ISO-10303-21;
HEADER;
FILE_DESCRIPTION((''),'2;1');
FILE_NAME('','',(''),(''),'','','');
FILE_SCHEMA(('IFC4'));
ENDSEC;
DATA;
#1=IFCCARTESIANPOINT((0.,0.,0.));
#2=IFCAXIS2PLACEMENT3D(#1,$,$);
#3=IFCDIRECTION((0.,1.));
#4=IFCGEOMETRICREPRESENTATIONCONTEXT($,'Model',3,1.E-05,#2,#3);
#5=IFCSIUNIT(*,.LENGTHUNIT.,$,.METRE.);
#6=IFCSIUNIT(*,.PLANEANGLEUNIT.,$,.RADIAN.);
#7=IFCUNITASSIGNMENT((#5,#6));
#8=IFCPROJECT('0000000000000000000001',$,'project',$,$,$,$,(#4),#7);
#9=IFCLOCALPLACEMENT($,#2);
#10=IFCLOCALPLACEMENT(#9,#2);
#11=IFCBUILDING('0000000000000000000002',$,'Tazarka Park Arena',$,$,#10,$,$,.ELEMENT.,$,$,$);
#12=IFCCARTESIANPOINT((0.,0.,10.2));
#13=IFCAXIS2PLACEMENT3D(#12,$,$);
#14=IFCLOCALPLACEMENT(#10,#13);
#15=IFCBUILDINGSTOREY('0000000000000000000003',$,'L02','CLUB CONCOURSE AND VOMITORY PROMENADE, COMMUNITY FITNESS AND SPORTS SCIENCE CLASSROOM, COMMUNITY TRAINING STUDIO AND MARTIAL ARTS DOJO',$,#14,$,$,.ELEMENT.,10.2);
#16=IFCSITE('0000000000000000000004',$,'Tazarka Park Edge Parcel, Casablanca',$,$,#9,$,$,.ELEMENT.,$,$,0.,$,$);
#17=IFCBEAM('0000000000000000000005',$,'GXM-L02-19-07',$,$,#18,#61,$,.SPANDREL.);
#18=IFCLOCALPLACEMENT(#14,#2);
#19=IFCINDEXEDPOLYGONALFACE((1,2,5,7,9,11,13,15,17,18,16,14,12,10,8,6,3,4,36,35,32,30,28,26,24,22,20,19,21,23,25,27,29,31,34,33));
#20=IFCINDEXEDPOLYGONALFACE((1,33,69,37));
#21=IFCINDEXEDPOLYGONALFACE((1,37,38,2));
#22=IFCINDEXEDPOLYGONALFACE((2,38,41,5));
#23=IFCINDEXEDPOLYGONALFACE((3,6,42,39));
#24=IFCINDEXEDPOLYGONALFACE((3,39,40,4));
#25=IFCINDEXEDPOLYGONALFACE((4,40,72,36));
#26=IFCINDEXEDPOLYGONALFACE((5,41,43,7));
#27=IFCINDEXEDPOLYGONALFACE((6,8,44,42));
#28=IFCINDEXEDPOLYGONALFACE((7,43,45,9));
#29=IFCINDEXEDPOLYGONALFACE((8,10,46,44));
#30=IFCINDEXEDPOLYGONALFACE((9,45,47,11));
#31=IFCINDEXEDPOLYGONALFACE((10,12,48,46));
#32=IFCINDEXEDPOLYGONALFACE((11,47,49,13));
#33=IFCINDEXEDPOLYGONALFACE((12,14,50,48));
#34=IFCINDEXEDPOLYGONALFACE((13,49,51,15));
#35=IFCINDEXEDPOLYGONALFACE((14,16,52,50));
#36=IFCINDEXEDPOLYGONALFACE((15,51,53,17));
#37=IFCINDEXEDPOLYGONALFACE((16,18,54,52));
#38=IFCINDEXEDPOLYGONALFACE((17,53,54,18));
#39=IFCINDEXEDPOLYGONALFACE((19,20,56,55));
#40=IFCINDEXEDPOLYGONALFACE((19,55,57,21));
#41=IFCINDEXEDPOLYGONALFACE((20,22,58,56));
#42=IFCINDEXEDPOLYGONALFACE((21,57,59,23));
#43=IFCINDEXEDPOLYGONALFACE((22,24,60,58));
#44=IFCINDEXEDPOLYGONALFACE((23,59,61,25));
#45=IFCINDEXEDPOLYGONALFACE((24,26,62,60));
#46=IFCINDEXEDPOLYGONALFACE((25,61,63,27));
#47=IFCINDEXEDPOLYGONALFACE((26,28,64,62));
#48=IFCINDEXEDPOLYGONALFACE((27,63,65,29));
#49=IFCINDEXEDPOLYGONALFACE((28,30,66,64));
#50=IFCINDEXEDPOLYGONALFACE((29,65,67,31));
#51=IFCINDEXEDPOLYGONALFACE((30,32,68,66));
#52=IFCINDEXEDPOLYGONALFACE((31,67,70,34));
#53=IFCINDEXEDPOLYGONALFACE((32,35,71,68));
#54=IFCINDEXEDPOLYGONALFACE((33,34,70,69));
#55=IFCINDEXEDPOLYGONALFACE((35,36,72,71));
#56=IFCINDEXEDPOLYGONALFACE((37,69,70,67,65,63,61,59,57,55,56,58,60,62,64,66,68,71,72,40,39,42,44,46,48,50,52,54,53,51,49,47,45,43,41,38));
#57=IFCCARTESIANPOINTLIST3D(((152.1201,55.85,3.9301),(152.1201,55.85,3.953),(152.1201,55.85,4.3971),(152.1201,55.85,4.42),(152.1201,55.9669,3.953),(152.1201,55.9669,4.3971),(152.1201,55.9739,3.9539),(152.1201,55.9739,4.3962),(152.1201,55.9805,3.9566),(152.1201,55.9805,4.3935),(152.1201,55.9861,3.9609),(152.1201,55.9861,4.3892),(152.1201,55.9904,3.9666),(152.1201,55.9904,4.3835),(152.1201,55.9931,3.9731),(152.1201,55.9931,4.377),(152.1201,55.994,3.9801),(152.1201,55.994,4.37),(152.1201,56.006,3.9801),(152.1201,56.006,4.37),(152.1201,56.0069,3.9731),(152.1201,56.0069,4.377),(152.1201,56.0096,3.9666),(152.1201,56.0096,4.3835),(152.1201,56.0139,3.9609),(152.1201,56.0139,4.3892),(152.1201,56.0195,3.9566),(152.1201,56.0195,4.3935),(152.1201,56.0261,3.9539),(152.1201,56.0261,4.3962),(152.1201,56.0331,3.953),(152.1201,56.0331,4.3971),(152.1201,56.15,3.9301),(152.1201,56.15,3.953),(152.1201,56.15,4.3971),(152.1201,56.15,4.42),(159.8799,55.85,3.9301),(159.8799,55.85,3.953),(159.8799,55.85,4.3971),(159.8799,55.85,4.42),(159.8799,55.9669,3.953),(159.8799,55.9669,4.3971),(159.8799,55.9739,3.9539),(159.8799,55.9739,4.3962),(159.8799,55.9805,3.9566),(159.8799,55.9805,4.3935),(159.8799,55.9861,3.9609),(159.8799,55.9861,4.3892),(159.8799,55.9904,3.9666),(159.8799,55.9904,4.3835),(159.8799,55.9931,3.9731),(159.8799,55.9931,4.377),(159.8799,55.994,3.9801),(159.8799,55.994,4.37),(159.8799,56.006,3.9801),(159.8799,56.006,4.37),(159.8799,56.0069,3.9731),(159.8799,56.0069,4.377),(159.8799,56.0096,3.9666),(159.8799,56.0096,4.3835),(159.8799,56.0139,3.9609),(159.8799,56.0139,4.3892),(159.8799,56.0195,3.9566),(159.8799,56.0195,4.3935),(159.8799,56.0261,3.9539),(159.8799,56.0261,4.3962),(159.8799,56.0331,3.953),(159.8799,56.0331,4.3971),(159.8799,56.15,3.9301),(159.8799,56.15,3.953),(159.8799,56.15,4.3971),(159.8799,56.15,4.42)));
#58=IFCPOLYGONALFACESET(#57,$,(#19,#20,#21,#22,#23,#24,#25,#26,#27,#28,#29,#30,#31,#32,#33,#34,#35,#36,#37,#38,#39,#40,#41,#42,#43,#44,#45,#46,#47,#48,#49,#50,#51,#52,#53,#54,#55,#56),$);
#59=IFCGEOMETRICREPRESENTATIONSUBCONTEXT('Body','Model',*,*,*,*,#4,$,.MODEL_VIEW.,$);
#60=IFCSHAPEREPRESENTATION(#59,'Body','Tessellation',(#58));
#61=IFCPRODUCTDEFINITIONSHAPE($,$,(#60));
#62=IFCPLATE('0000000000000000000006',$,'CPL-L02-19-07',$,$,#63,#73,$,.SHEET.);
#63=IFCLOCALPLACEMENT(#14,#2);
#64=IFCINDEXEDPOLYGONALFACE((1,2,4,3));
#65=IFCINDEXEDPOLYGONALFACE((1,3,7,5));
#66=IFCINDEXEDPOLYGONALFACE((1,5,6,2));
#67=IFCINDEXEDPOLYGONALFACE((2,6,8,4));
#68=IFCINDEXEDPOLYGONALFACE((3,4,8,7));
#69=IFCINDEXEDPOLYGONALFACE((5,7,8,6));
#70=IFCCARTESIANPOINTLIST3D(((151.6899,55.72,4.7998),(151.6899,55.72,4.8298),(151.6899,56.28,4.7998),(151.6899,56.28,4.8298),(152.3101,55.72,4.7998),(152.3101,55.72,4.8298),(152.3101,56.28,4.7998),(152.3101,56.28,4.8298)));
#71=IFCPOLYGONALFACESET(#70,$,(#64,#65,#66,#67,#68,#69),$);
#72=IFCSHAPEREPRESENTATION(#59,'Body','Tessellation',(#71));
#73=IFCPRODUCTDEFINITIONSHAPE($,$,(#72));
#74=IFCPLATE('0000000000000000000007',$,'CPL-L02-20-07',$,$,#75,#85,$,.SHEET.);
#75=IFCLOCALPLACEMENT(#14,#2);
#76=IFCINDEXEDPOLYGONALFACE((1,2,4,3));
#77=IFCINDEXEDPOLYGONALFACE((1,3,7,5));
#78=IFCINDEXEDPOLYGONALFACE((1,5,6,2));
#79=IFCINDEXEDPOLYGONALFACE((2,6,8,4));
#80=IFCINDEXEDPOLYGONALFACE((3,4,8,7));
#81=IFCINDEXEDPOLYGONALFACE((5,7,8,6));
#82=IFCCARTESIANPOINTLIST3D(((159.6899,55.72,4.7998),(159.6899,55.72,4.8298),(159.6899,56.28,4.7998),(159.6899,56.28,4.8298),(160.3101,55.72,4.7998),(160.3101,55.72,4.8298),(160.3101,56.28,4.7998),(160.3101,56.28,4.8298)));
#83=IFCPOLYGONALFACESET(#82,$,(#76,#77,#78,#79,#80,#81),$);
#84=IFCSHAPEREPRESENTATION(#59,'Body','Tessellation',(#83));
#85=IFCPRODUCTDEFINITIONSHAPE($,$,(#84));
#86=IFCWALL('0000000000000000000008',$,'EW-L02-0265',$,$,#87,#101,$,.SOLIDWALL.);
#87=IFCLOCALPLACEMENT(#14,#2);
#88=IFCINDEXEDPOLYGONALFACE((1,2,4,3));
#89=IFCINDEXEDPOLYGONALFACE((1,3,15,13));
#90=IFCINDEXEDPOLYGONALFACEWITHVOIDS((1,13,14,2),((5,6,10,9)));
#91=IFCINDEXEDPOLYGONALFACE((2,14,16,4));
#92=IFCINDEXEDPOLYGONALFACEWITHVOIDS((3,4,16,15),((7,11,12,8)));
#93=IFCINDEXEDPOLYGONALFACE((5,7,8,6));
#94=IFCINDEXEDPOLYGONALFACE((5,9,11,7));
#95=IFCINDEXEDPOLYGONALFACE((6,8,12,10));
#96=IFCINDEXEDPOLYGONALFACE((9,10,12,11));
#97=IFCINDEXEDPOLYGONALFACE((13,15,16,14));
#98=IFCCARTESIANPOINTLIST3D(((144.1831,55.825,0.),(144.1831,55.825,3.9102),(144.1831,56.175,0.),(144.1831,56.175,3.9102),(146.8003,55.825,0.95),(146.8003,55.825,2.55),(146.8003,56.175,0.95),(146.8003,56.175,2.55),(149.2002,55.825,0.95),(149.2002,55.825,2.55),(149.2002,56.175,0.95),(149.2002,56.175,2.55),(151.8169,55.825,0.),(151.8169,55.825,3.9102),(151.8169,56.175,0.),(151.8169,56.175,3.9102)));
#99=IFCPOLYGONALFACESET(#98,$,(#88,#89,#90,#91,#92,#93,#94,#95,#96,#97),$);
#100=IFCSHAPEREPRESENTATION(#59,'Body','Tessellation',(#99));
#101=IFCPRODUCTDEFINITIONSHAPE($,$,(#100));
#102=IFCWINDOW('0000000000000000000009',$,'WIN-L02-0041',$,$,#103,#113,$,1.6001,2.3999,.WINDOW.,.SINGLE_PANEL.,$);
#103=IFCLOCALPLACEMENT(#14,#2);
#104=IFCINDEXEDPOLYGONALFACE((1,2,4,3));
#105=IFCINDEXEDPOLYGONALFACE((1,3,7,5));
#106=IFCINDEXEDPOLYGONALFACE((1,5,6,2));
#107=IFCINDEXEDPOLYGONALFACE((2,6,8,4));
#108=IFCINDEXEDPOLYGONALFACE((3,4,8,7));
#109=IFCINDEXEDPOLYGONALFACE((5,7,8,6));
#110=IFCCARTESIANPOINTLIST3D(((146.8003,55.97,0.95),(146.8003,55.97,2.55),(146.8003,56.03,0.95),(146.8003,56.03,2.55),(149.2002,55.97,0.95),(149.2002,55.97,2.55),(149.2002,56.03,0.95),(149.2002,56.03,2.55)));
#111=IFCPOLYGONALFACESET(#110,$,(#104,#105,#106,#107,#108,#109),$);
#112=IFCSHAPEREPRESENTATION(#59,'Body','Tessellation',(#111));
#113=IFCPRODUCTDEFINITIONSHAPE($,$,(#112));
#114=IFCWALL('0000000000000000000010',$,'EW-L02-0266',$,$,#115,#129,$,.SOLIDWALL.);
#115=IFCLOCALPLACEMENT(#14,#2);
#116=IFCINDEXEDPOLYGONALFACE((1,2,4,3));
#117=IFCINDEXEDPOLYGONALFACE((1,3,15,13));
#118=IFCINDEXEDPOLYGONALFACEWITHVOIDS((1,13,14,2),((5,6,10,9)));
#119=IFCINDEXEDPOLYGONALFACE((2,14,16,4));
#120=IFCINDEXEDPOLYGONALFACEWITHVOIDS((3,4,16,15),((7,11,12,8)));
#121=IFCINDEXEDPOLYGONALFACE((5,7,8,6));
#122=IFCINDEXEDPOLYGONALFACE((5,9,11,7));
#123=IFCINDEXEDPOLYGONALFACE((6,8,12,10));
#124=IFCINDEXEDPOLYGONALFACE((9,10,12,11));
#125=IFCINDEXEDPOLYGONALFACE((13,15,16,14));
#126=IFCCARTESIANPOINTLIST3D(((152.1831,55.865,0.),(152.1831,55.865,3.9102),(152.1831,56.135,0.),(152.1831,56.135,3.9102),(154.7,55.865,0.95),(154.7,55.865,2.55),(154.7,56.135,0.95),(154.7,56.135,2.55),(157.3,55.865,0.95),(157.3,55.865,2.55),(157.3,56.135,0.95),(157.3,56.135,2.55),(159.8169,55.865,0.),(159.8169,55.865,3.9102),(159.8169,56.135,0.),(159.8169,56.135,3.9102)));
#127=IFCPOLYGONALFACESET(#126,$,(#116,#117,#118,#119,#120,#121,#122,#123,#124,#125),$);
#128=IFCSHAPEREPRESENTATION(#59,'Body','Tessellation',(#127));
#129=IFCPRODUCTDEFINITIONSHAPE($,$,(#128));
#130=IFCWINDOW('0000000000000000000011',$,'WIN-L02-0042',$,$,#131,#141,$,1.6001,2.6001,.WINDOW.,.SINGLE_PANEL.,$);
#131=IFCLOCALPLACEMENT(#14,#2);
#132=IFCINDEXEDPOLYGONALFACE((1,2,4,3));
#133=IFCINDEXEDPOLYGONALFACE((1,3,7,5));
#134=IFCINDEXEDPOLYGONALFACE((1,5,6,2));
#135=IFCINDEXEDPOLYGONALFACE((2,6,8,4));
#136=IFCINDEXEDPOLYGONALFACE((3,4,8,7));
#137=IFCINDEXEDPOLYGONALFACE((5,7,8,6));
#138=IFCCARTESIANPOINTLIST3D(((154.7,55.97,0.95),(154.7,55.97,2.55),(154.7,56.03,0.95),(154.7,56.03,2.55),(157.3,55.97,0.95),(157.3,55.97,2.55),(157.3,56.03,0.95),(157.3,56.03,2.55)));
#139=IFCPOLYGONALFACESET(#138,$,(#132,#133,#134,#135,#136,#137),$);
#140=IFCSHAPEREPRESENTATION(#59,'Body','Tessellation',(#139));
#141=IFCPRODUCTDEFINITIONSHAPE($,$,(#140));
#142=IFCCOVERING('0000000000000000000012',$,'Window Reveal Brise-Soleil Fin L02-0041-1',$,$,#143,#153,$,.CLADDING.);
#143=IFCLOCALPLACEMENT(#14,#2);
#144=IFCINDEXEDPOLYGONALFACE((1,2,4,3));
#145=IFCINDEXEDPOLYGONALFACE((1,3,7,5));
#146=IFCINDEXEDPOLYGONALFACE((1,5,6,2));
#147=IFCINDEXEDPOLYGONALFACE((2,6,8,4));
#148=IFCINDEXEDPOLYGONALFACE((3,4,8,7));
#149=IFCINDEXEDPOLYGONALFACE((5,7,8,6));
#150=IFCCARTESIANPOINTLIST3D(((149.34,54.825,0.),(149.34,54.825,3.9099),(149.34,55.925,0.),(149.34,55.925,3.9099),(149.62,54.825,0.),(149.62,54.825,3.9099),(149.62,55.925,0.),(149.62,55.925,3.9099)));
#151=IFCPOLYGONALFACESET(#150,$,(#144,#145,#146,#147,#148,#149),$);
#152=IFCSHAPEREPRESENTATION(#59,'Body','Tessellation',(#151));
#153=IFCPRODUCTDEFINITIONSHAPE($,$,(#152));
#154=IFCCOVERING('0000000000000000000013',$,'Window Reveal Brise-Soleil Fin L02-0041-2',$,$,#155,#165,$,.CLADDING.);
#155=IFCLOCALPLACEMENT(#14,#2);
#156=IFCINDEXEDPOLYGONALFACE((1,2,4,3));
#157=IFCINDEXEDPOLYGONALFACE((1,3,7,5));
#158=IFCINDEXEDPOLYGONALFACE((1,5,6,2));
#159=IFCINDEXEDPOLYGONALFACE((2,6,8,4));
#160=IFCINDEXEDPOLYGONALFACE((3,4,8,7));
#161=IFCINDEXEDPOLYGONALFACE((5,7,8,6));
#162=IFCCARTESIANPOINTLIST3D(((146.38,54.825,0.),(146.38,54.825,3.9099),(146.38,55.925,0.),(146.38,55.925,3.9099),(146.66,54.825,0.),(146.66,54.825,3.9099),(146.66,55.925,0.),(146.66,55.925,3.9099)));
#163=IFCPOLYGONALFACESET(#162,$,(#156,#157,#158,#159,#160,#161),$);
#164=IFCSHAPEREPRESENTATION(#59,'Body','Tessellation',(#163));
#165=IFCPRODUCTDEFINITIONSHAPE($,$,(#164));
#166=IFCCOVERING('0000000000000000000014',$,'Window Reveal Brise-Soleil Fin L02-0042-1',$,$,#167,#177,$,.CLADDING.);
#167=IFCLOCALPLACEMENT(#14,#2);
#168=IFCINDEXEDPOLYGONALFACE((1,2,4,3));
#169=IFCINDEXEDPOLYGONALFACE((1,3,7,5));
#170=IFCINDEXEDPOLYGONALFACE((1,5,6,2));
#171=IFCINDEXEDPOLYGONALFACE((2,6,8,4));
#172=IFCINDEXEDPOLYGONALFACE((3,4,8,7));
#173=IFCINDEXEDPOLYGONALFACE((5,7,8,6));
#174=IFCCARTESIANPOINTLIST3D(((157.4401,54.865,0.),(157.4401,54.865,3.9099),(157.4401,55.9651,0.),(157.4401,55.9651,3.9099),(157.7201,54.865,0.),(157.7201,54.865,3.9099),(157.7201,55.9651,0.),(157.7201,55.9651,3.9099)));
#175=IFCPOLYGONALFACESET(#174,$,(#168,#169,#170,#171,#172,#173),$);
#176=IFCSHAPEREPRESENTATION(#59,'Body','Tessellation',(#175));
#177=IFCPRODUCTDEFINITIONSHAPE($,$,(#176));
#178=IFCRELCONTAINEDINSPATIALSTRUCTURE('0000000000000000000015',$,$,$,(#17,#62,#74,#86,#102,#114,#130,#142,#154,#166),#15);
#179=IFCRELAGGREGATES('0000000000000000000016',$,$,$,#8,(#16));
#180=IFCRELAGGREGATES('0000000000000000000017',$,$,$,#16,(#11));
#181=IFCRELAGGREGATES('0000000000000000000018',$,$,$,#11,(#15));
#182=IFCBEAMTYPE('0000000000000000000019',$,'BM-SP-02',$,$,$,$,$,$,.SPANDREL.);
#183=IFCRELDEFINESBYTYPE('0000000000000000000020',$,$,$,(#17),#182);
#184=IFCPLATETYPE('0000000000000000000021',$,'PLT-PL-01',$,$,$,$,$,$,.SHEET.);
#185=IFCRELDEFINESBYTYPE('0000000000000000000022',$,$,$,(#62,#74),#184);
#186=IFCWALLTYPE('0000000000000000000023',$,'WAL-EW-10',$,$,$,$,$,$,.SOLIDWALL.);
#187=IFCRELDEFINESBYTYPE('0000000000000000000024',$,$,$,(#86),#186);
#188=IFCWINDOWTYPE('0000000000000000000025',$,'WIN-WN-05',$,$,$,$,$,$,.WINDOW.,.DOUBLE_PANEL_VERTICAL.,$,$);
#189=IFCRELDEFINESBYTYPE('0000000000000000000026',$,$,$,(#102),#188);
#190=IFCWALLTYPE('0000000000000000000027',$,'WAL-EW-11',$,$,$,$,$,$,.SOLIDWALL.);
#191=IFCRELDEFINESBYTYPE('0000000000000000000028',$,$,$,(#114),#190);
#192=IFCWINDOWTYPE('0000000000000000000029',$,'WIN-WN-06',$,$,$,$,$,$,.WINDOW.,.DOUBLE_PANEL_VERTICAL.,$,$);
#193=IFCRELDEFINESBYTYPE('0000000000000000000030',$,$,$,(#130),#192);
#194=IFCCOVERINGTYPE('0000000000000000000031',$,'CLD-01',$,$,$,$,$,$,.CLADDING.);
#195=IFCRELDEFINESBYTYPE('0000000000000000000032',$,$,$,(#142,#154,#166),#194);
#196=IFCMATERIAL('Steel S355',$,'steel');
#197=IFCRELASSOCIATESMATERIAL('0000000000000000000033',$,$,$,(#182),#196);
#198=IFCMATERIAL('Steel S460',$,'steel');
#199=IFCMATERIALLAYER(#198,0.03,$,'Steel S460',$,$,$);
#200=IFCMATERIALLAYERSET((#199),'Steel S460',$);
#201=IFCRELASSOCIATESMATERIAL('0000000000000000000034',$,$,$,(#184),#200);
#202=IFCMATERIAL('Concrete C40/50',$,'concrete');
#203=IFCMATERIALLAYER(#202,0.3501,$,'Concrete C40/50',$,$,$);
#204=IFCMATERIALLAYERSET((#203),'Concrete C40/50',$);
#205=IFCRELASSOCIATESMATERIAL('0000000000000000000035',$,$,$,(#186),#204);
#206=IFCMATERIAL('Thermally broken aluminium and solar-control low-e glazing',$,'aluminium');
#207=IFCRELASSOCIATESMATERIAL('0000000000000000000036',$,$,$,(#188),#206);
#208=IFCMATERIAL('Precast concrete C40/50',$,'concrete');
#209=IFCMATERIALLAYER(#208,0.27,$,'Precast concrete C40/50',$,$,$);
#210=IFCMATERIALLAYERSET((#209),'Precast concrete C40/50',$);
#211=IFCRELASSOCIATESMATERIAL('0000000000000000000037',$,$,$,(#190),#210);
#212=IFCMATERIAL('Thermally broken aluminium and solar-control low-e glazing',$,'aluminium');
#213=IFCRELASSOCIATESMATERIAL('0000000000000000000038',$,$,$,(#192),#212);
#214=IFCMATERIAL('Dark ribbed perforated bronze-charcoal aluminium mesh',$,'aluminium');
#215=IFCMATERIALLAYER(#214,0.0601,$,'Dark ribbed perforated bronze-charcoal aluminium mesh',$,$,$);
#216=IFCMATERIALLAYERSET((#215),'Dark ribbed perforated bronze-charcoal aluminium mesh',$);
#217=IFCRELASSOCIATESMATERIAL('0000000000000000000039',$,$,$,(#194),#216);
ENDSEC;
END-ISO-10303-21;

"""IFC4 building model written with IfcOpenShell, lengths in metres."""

from ifc_helpers import new_model, si_unit, direction, frame, frame_2d, origin, origin_2d, place, context, subcontext, project, spatial, rectangle, i_section, extrude, material, layer, layer_set, material_profile, profile_set, type_object, element, fill, save


model = new_model("IFC4")

# Units and contexts
model_context = context("Model", 3, precision=1e-05, world=origin(), true_north=direction((0.0, 1.0)))
body_context = subcontext(model_context, "Body", "Model", "MODEL_VIEW")
ifc_project = project(units=[si_unit("LENGTHUNIT", "METRE"), si_unit("PLANEANGLEUNIT", "RADIAN")], contexts=[model_context])

# Site, building, storey
site_placement = place(None, origin())
site = spatial("IfcSite", under=ifc_project, at=site_placement, Name="Tazarka Park Edge Parcel, Casablanca", CompositionType="ELEMENT", RefElevation=0.0)
building_placement = place(site_placement, origin())
building = spatial("IfcBuilding", under=site, at=building_placement, Name="Tazarka Park Arena", CompositionType="ELEMENT")
storey_placement = place(building_placement, frame((0.0, 0.0, 10.2)))
storey = spatial("IfcBuildingStorey", under=building, at=storey_placement, Name="L02", Description="CLUB CONCOURSE AND VOMITORY PROMENADE, COMMUNITY FITNESS AND SPORTS SCIENCE CLASSROOM, COMMUNITY TRAINING STUDIO AND MARTIAL ARTS DOJO", CompositionType="ELEMENT", Elevation=10.2)

# Beam
ifc_material_1 = material(Name="Steel S355", Category="steel")
ifc_material_profile_1 = material_profile(ifc_material_1, i_section(OverallWidth=0.3, OverallDepth=0.49, WebThickness=0.012, FlangeThickness=0.0229, FilletRadius=0.0271, at=origin_2d()), Name="Steel S355")
ifc_profile_set_1 = profile_set([ifc_material_profile_1], Name="Steel S355")
beam_type_1 = type_object("IfcBeamType", Name="BM-SP-02", PredefinedType="SPANDREL", material=ifc_profile_set_1)
beam_1_placement = place(storey_placement, frame((152.1201, 56.0, 4.175), z_axis=(1.0, 0.0, 0.0), x_axis=(0.0, 1.0, 0.0)))
element("IfcBeam", 1, at=beam_1_placement, inside=storey, type_object=beam_type_1, Name="GXM-L02-19-07", PredefinedType="SPANDREL", context=body_context, shape_type="SweptSolid", body=[
    extrude(i_section(OverallWidth=0.3, OverallDepth=0.49, WebThickness=0.012, FlangeThickness=0.0229, FilletRadius=0.0271, at=origin_2d()), origin(), (0.0, 0.0, 1.0), 7.7598),
])

# Plates
ifc_material_2 = material(Name="Steel S460", Category="steel")
ifc_layer_1 = layer(ifc_material_2, 0.03, Name="Steel S460")
ifc_layer_set_1 = layer_set([ifc_layer_1], Name="Steel S460")
plate_type = type_object("IfcPlateType", Name="PLT-PL-01", PredefinedType="SHEET", material=ifc_layer_set_1)
for number, where, z_axis, x_axis, name in (
    (2, (152.0, 56.0, 4.7998), (0.0, 0.0, 1.0), (1.0, 0.0, 0.0), "CPL-L02-19-07"),
    (3, (160.0, 56.0, 4.7998), (0.0, 0.0, 1.0), (1.0, 0.0, 0.0), "CPL-L02-20-07"),
):
    element("IfcPlate", number, at=place(storey_placement, frame(where, z_axis=z_axis, x_axis=x_axis)), inside=storey, type_object=plate_type, Name=name, PredefinedType="SHEET", context=body_context, shape_type="SweptSolid", body=[
        extrude(rectangle(XDim=0.6201, YDim=0.5601, at=origin_2d()), origin(), (0.0, 0.0, 1.0), 0.03),
    ])

# Walls, openings, windows
ifc_material_3 = material(Name="Concrete C40/50", Category="concrete")
ifc_layer_2 = layer(ifc_material_3, 0.3501, Name="Concrete C40/50")
ifc_layer_set_2 = layer_set([ifc_layer_2], Name="Concrete C40/50")
wall_type_1 = type_object("IfcWallType", Name="WAL-EW-10", PredefinedType="SOLIDWALL", material=ifc_layer_set_2)
wall_1_placement = place(storey_placement, frame((151.8169, 56.0, 0.0), z_axis=(0.0, 0.0, 1.0), x_axis=(-1.0, 0.0, 0.0)))
wall_1 = element("IfcWall", 4, at=wall_1_placement, inside=storey, type_object=wall_type_1, Name="EW-L02-0265", PredefinedType="SOLIDWALL", context=body_context, shape_type="SweptSolid", body=[
    extrude(rectangle(XDim=7.6338, YDim=0.3501, at=frame_2d((3.8169, 0.0))), origin(), (0.0, 0.0, 1.0), 3.9102),
])
opening_1_placement = place(wall_1_placement, frame((2.6167, 0.0, 0.95)))
opening_1 = element("IfcOpeningElement", 5, at=opening_1_placement, cuts=wall_1, PredefinedType="OPENING", context=body_context, shape_type="SweptSolid", body=[
    extrude(rectangle(XDim=2.3999, YDim=1.6001, at=frame_2d((1.2, 0.8))), frame((0.0, 0.1851, 0.0), z_axis=(0.0, -1.0, 0.0), x_axis=(1.0, 0.0, 0.0)), (0.0, 0.0, 1.0), 0.3701),
])
ifc_material_4 = material(Name="Thermally broken aluminium and solar-control low-e glazing", Category="aluminium")
window_type_1 = type_object("IfcWindowType", Name="WIN-WN-05", PartitioningType="DOUBLE_PANEL_VERTICAL", PredefinedType="WINDOW", material=ifc_material_4)
window_1_placement = place(opening_1_placement, origin())
window_1 = element("IfcWindow", 6, at=window_1_placement, inside=storey, type_object=window_type_1, Name="WIN-L02-0041", OverallHeight=1.6001, OverallWidth=2.3999, PartitioningType="SINGLE_PANEL", PredefinedType="WINDOW", context=body_context, shape_type="SweptSolid", body=[
    extrude(rectangle(XDim=2.3999, YDim=1.6001, at=frame_2d((1.2, 0.8))), frame((0.0, 0.03, 0.0), z_axis=(0.0, -1.0, 0.0), x_axis=(1.0, 0.0, 0.0)), (0.0, 0.0, 1.0), 0.0601),
])
fill(opening_1, window_1)
ifc_material_5 = material(Name="Precast concrete C40/50", Category="concrete")
ifc_layer_3 = layer(ifc_material_5, 0.27, Name="Precast concrete C40/50")
ifc_layer_set_3 = layer_set([ifc_layer_3], Name="Precast concrete C40/50")
wall_type_2 = type_object("IfcWallType", Name="WAL-EW-11", PredefinedType="SOLIDWALL", material=ifc_layer_set_3)
wall_2_placement = place(storey_placement, frame((159.8169, 56.0, 0.0), z_axis=(0.0, 0.0, 1.0), x_axis=(-1.0, 0.0, 0.0)))
wall_2 = element("IfcWall", 7, at=wall_2_placement, inside=storey, type_object=wall_type_2, Name="EW-L02-0266", PredefinedType="SOLIDWALL", context=body_context, shape_type="SweptSolid", body=[
    extrude(rectangle(XDim=7.6338, YDim=0.27, at=frame_2d((3.8169, 0.0))), origin(), (0.0, 0.0, 1.0), 3.9102),
])
opening_2_placement = place(wall_2_placement, frame((2.5168, 0.0, 0.95)))
opening_2 = element("IfcOpeningElement", 8, at=opening_2_placement, cuts=wall_2, PredefinedType="OPENING", context=body_context, shape_type="SweptSolid", body=[
    extrude(rectangle(XDim=2.6001, YDim=1.6001, at=frame_2d((1.3, 0.8))), frame((0.0, 0.145, 0.0), z_axis=(0.0, -1.0, 0.0), x_axis=(1.0, 0.0, 0.0)), (0.0, 0.0, 1.0), 0.29),
])
ifc_material_6 = material(Name="Thermally broken aluminium and solar-control low-e glazing", Category="aluminium")
window_type_2 = type_object("IfcWindowType", Name="WIN-WN-06", PartitioningType="DOUBLE_PANEL_VERTICAL", PredefinedType="WINDOW", material=ifc_material_6)
window_2_placement = place(opening_2_placement, origin())
window_2 = element("IfcWindow", 9, at=window_2_placement, inside=storey, type_object=window_type_2, Name="WIN-L02-0042", OverallHeight=1.6001, OverallWidth=2.6001, PartitioningType="SINGLE_PANEL", PredefinedType="WINDOW", context=body_context, shape_type="SweptSolid", body=[
    extrude(rectangle(XDim=2.6001, YDim=1.6001, at=frame_2d((1.3, 0.8))), frame((0.0, 0.03, 0.0), z_axis=(0.0, -1.0, 0.0), x_axis=(1.0, 0.0, 0.0)), (0.0, 0.0, 1.0), 0.0601),
])
fill(opening_2, window_2)

# Coverings
ifc_material_7 = material(Name="Dark ribbed perforated bronze-charcoal aluminium mesh", Category="aluminium")
ifc_layer_4 = layer(ifc_material_7, 0.0601, Name="Dark ribbed perforated bronze-charcoal aluminium mesh")
ifc_layer_set_4 = layer_set([ifc_layer_4], Name="Dark ribbed perforated bronze-charcoal aluminium mesh")
covering_type = type_object("IfcCoveringType", Name="CLD-01", PredefinedType="CLADDING", material=ifc_layer_set_4)
for number, where, z_axis, x_axis, name in (
    (10, (149.48, 55.375, 0.0), (0.0, 0.0, 1.0), (-1.0, 0.0, 0.0), "Window Reveal Brise-Soleil Fin L02-0041-1"),
    (11, (146.52, 55.375, 0.0), (0.0, 0.0, 1.0), (-1.0, 0.0, 0.0), "Window Reveal Brise-Soleil Fin L02-0041-2"),
    (12, (157.5801, 55.415, 0.0), (0.0, 0.0, 1.0), (-1.0, 0.0, 0.0), "Window Reveal Brise-Soleil Fin L02-0042-1"),
):
    element("IfcCovering", number, at=place(storey_placement, frame(where, z_axis=z_axis, x_axis=x_axis)), inside=storey, type_object=covering_type, Name=name, PredefinedType="CLADDING", context=body_context, shape_type="SweptSolid", body=[
        extrude(rectangle(XDim=0.28, YDim=1.1001, at=origin_2d()), origin(), (0.0, 0.0, 1.0), 3.9099),
    ])

save(model, "model.ifc")
